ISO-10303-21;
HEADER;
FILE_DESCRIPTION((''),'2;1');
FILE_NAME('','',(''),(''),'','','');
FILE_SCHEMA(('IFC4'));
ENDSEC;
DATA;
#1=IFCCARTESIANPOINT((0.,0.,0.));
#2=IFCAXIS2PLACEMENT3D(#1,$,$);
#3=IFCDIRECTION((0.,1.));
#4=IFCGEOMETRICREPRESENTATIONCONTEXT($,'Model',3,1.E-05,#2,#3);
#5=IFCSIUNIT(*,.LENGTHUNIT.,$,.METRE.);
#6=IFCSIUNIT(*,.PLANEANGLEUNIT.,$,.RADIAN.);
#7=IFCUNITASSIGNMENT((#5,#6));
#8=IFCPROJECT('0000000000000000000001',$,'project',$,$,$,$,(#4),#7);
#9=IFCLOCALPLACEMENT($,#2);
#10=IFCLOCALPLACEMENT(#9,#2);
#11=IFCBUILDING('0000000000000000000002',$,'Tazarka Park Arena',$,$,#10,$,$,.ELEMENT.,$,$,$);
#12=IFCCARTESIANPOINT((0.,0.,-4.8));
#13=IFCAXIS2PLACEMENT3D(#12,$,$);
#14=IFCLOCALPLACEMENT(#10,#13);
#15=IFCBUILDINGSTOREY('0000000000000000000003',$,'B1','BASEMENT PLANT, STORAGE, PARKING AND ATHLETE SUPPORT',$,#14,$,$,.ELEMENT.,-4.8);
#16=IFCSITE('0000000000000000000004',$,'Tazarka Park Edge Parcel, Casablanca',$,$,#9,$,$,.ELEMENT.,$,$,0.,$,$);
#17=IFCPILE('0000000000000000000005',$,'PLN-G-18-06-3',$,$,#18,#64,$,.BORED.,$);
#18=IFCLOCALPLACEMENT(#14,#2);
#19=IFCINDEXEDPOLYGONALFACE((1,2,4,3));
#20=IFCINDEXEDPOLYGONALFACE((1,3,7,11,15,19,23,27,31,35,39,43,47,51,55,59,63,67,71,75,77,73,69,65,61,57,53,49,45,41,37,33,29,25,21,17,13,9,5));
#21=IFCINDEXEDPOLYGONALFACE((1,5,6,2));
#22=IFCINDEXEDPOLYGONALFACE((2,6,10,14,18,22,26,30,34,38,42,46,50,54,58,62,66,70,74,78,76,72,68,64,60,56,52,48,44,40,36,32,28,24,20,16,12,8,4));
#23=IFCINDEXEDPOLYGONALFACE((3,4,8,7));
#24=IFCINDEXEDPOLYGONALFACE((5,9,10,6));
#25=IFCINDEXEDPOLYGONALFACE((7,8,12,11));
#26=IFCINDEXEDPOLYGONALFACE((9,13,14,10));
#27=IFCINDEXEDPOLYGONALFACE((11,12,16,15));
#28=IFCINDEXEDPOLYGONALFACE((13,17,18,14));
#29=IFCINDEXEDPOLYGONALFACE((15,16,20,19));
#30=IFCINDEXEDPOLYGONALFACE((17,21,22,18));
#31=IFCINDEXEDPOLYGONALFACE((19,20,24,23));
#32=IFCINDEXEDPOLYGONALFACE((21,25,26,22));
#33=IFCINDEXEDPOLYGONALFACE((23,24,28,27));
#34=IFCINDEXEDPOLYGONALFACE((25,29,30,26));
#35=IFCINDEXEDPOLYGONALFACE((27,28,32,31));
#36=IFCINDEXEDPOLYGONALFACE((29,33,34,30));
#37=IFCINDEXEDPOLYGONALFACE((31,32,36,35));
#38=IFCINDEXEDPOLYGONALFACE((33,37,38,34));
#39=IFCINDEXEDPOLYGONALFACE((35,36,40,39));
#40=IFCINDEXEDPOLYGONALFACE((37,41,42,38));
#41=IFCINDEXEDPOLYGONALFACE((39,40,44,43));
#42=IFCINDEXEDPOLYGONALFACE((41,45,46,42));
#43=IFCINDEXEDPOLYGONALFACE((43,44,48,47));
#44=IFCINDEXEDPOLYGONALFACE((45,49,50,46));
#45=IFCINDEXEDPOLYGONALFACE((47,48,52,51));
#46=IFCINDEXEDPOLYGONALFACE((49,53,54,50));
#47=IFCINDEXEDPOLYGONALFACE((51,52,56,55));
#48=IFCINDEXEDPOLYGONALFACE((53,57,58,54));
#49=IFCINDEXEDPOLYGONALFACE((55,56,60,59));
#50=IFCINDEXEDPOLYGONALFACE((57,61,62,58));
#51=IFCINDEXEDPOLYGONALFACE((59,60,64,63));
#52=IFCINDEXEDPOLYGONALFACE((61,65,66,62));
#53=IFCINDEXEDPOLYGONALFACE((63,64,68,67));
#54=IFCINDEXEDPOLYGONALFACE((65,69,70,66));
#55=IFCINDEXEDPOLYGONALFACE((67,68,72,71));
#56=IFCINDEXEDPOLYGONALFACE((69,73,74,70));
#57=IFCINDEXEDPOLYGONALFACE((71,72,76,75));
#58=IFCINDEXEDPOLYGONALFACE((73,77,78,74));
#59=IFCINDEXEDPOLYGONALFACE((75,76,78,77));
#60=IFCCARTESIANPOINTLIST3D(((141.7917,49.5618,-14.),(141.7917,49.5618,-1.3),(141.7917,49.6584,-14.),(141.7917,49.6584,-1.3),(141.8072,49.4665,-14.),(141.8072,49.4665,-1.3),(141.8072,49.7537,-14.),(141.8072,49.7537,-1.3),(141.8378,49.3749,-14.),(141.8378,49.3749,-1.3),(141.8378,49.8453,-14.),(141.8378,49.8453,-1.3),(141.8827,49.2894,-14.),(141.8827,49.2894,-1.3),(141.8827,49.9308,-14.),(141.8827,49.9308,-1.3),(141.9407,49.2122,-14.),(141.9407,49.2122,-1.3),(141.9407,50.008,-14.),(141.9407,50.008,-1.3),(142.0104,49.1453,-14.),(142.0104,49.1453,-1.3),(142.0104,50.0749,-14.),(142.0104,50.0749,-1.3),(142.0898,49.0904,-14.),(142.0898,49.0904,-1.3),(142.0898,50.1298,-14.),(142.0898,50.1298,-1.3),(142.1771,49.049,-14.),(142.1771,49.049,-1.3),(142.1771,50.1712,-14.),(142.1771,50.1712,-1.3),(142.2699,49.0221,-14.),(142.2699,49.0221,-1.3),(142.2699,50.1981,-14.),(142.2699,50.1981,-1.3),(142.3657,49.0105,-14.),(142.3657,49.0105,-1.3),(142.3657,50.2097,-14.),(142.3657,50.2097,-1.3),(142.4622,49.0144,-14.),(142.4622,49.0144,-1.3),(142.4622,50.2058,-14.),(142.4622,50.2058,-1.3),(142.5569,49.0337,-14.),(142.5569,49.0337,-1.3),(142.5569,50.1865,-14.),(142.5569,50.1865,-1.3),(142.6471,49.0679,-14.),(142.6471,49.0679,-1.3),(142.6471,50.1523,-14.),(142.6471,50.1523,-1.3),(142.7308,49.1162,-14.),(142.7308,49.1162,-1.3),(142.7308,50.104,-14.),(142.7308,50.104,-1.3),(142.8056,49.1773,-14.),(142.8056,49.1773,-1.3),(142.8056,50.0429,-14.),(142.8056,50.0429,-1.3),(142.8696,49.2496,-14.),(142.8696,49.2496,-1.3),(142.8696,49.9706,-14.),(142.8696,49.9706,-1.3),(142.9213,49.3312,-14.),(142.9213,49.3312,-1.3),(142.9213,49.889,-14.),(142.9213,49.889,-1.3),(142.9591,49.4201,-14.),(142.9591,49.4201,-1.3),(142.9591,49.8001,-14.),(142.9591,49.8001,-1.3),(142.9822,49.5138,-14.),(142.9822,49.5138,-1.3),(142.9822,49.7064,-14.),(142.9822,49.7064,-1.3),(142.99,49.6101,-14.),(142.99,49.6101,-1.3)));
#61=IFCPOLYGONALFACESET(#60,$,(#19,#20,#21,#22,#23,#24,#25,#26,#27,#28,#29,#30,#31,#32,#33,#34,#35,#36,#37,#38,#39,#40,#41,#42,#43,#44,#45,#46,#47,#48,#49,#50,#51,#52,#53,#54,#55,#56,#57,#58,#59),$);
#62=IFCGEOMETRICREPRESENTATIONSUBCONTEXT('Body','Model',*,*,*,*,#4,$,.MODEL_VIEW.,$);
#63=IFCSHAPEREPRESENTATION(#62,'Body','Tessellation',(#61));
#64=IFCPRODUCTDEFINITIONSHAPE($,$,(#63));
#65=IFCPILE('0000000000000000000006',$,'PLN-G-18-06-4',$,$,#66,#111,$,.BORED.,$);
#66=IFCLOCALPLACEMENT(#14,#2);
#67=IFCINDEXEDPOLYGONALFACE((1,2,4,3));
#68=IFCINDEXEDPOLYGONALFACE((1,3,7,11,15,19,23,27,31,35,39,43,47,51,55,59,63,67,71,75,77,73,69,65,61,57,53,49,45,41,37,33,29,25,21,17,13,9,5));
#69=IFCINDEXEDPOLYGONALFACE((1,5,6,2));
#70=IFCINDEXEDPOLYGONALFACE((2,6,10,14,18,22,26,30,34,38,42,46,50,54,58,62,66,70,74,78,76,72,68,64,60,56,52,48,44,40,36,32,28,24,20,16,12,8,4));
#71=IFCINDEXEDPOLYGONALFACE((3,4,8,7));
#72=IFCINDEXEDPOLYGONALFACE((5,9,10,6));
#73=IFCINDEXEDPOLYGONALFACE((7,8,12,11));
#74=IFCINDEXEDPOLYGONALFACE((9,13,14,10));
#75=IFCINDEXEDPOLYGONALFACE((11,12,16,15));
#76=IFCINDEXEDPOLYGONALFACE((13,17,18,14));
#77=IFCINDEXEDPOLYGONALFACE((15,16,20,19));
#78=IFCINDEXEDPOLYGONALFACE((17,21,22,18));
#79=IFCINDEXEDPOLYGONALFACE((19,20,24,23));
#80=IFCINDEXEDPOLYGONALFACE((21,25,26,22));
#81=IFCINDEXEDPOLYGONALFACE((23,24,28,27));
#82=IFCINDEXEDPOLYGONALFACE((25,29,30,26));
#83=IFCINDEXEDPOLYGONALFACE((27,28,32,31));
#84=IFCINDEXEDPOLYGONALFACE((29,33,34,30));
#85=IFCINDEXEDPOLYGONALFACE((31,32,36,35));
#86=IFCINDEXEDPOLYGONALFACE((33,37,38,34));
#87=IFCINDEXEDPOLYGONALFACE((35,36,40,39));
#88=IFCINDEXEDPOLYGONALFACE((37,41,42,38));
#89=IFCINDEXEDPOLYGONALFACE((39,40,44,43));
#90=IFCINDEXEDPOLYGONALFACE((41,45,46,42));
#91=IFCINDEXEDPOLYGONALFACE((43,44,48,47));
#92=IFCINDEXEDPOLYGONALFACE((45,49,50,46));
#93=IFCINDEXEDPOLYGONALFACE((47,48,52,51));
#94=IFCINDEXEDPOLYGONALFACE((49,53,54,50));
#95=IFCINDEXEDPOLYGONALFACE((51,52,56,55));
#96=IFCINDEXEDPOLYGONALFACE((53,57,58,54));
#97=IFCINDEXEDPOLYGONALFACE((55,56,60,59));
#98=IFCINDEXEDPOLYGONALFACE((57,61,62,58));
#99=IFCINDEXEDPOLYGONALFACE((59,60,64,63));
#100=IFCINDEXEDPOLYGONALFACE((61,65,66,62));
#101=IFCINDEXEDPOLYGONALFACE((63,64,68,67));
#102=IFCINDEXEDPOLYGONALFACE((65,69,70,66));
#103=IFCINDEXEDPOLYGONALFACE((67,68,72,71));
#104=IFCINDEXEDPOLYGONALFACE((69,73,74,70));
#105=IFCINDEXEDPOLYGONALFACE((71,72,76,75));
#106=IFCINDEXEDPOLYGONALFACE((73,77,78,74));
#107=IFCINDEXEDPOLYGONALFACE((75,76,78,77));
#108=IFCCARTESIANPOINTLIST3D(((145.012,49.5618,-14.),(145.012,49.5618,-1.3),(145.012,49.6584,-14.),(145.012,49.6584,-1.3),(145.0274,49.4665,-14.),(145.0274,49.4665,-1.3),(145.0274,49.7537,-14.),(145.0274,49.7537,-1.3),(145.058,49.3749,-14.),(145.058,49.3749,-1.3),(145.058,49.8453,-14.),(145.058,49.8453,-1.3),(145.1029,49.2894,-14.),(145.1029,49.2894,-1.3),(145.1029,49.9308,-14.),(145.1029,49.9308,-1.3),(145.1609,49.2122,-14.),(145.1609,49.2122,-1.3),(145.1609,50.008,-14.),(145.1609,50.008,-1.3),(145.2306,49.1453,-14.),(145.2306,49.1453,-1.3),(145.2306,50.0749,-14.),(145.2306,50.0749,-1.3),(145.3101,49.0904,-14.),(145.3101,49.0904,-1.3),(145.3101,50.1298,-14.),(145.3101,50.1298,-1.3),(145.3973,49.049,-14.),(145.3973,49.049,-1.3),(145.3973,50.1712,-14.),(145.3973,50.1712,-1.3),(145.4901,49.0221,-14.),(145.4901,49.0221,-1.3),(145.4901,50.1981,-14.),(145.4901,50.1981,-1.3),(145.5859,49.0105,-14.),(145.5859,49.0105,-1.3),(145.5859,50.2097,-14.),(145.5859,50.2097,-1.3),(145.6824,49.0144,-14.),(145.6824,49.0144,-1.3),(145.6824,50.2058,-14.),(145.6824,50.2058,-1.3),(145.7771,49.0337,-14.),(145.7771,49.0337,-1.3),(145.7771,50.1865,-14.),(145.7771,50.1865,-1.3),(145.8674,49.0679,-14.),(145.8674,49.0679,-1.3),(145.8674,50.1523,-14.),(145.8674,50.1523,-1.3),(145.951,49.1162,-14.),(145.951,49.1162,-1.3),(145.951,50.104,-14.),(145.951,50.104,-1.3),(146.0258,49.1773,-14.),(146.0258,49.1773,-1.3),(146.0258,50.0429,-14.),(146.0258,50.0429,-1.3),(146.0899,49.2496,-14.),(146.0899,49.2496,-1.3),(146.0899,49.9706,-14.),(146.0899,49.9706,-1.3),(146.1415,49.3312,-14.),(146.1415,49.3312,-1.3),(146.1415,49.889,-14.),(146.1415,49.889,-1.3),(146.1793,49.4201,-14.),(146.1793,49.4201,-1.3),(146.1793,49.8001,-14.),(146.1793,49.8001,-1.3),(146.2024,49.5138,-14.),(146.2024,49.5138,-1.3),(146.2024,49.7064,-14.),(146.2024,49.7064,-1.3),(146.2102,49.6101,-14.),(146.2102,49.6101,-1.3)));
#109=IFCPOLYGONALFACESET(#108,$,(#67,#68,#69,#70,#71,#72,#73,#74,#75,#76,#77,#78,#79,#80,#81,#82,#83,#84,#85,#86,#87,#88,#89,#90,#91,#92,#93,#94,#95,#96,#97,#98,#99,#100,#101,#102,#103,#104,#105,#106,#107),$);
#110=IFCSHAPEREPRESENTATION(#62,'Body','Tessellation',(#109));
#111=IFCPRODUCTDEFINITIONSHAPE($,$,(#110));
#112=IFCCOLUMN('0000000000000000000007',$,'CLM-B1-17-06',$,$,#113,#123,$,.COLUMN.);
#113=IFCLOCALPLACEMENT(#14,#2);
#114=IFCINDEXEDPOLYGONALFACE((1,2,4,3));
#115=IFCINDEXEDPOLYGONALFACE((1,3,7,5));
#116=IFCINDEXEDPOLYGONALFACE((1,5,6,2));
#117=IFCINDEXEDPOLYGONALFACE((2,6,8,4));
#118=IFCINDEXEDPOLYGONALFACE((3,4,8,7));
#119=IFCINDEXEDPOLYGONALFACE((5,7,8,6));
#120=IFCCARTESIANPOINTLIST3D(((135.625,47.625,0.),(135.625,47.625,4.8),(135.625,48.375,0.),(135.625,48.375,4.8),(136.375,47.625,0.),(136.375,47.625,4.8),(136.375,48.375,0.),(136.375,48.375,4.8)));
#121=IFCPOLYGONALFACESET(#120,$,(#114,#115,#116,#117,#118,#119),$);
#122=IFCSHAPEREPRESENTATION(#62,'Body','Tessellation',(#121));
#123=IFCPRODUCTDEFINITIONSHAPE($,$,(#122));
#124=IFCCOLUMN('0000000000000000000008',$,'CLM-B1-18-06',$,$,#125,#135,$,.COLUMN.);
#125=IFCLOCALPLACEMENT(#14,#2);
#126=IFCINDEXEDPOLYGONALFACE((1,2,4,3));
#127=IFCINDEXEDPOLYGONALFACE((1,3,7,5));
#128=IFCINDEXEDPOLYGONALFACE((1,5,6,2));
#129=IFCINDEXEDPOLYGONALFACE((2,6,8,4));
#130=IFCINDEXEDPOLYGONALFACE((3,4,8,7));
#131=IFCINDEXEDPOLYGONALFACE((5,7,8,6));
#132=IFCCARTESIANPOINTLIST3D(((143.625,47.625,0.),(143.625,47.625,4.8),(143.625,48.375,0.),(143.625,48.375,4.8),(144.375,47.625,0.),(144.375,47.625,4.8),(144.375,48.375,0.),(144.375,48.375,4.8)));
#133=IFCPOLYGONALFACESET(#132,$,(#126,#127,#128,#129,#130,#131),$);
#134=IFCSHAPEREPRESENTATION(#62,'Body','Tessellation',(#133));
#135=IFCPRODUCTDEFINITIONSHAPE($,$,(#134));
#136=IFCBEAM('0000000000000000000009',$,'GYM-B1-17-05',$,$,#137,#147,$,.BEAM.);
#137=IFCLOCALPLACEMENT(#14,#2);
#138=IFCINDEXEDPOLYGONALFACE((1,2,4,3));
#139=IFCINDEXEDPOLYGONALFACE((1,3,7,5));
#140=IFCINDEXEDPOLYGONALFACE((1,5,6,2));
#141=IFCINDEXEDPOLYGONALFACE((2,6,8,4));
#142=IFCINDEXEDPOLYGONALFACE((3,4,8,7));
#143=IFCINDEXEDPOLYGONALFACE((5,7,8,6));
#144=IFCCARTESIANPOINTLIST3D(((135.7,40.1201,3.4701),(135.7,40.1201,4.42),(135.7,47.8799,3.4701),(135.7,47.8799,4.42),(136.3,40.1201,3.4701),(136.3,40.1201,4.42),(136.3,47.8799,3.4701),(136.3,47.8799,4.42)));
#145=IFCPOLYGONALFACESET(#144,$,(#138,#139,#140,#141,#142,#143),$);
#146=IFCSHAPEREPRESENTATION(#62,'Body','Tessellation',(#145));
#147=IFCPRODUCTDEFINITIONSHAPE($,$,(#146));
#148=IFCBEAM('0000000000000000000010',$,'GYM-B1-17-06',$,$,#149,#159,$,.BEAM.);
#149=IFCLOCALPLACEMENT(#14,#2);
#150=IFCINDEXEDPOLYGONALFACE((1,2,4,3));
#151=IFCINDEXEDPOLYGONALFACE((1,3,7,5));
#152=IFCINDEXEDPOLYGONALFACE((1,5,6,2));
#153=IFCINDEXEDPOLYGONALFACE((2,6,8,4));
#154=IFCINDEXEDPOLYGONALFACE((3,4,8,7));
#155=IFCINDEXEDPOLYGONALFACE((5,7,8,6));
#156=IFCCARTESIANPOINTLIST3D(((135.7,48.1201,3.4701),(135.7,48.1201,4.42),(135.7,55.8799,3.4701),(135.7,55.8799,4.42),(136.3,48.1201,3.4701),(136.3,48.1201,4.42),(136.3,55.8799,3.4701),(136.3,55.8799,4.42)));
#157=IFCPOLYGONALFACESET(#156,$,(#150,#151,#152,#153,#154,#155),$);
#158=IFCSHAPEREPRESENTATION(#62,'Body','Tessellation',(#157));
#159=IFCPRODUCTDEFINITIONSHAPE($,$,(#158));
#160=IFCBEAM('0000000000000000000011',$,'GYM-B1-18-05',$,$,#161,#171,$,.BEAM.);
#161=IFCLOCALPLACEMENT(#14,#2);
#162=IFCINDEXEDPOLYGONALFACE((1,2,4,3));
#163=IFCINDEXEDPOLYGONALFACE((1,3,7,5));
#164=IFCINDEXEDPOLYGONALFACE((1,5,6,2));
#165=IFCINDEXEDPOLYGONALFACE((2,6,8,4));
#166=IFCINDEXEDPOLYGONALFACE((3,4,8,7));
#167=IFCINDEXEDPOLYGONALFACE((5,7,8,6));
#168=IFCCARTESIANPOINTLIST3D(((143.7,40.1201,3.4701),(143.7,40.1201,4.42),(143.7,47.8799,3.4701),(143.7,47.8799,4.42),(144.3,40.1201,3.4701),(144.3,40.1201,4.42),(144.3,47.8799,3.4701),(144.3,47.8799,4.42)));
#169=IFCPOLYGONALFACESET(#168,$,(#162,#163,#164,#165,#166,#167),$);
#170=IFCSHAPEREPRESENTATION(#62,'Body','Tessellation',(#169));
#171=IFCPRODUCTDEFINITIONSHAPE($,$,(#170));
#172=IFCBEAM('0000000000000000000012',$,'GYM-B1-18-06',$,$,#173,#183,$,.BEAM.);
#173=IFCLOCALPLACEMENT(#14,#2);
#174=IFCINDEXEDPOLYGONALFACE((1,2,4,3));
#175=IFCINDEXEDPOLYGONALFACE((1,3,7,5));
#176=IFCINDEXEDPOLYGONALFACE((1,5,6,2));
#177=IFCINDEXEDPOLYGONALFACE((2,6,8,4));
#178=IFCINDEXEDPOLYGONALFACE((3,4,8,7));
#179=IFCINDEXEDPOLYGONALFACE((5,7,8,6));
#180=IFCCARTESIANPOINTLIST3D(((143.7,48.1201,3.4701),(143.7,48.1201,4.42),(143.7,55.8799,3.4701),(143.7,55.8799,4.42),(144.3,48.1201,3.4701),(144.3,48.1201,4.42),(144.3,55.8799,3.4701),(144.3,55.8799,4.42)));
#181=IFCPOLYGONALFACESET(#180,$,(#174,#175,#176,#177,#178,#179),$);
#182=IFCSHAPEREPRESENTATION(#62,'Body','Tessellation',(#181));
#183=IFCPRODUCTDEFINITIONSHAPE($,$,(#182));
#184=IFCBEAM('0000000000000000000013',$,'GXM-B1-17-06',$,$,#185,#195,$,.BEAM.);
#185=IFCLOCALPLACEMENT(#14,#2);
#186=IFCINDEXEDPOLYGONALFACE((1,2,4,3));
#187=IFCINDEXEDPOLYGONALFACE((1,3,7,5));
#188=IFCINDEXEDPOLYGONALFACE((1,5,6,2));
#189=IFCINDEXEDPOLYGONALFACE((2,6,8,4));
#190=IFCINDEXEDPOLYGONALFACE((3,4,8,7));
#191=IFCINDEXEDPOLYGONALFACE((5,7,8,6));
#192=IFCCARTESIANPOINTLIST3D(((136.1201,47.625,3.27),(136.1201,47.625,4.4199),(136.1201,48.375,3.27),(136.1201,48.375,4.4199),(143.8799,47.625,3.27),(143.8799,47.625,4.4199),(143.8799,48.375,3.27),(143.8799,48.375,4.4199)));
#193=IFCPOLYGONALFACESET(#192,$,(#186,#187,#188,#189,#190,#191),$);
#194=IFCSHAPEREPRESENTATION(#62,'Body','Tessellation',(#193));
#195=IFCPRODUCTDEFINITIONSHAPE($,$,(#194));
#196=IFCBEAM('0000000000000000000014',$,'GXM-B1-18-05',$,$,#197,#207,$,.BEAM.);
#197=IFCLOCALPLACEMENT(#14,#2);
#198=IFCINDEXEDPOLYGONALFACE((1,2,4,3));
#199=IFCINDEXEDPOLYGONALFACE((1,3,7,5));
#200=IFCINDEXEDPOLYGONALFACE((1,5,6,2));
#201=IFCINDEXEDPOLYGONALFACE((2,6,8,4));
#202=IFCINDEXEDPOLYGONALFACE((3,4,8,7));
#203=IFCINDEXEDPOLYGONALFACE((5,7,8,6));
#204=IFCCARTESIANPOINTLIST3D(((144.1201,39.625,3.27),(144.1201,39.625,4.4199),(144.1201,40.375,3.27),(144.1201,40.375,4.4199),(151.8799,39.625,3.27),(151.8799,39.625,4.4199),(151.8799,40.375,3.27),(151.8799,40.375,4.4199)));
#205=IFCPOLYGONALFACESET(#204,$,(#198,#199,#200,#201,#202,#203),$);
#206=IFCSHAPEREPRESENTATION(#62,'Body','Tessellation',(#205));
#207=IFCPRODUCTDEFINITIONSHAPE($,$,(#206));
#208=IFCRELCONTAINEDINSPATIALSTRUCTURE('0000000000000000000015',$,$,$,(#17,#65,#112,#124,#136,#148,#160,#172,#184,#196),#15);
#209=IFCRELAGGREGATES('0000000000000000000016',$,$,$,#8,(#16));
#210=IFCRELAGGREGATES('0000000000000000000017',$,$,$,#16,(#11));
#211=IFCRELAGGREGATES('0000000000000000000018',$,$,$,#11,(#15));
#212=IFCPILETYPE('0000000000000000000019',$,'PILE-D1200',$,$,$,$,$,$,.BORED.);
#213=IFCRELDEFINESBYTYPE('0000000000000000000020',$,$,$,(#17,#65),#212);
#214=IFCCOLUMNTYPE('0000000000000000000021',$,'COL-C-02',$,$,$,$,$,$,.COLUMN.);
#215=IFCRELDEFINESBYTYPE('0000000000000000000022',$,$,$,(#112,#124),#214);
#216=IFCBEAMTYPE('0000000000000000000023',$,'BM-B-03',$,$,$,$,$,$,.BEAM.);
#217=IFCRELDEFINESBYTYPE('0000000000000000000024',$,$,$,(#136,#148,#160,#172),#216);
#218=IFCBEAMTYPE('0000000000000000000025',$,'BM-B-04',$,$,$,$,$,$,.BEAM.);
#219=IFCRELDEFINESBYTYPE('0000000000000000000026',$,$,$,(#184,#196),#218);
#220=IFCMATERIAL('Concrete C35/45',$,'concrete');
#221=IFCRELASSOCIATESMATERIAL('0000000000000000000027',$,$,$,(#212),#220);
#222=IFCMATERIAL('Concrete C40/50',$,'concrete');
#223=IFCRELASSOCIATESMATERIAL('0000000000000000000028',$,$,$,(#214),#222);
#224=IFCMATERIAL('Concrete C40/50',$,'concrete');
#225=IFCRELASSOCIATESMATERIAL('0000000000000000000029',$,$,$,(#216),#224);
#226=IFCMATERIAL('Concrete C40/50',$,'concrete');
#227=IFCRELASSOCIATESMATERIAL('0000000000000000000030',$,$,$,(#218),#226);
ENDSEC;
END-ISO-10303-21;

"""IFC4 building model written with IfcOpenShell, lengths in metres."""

from ifc_helpers import new_model, si_unit, direction, frame, origin, origin_2d, place, context, subcontext, project, spatial, rectangle, circle, extrude, material, material_profile, profile_set, type_object, element, save


model = new_model("IFC4")

# Units and contexts
model_context = context("Model", 3, precision=1e-05, world=origin(), true_north=direction((0.0, 1.0)))
body_context = subcontext(model_context, "Body", "Model", "MODEL_VIEW")
ifc_project = project(units=[si_unit("LENGTHUNIT", "METRE"), si_unit("PLANEANGLEUNIT", "RADIAN")], contexts=[model_context])

# Site, building, storey
site_placement = place(None, origin())
site = spatial("IfcSite", under=ifc_project, at=site_placement, Name="Tazarka Park Edge Parcel, Casablanca", CompositionType="ELEMENT", RefElevation=0.0)
building_placement = place(site_placement, origin())
building = spatial("IfcBuilding", under=site, at=building_placement, Name="Tazarka Park Arena", CompositionType="ELEMENT")
storey_placement = place(building_placement, frame((0.0, 0.0, -4.8)))
storey = spatial("IfcBuildingStorey", under=building, at=storey_placement, Name="B1", Description="BASEMENT PLANT, STORAGE, PARKING AND ATHLETE SUPPORT", CompositionType="ELEMENT", Elevation=-4.8)

# Piles
ifc_material_1 = material(Name="Concrete C35/45", Category="concrete")
ifc_material_profile_1 = material_profile(ifc_material_1, circle(Radius=0.6001, at=origin_2d()), Name="Concrete C35/45")
ifc_profile_set_1 = profile_set([ifc_material_profile_1], Name="Concrete C35/45")
pile_type = type_object("IfcPileType", Name="PILE-D1200", PredefinedType="BORED", material=ifc_profile_set_1)
for number, where, z_axis, x_axis, name in (
    (1, (142.3899, 49.6101, -1.3), (0.0, 0.0, -1.0), (1.0, 0.0, 0.0), "PLN-G-18-06-3"),
    (2, (145.6101, 49.6101, -1.3), (0.0, 0.0, -1.0), (1.0, 0.0, 0.0), "PLN-G-18-06-4"),
):
    element("IfcPile", number, at=place(storey_placement, frame(where, z_axis=z_axis, x_axis=x_axis)), inside=storey, type_object=pile_type, Name=name, PredefinedType="BORED", context=body_context, shape_type="SweptSolid", body=[
        extrude(circle(Radius=0.6001, at=origin_2d()), origin(), (0.0, 0.0, 1.0), 12.7),
    ])

# Columns
ifc_material_2 = material(Name="Concrete C40/50", Category="concrete")
ifc_material_profile_2 = material_profile(ifc_material_2, rectangle(XDim=0.75, YDim=0.75, at=origin_2d()), Name="Concrete C40/50")
ifc_profile_set_2 = profile_set([ifc_material_profile_2], Name="Concrete C40/50")
column_type = type_object("IfcColumnType", Name="COL-C-02", PredefinedType="COLUMN", material=ifc_profile_set_2)
for number, where, z_axis, x_axis, name in (
    (3, (136.0, 48.0, 0.0), (0.0, 0.0, 1.0), (1.0, 0.0, 0.0), "CLM-B1-17-06"),
    (4, (144.0, 48.0, 0.0), (0.0, 0.0, 1.0), (1.0, 0.0, 0.0), "CLM-B1-18-06"),
):
    element("IfcColumn", number, at=place(storey_placement, frame(where, z_axis=z_axis, x_axis=x_axis)), inside=storey, type_object=column_type, Name=name, PredefinedType="COLUMN", context=body_context, shape_type="SweptSolid", body=[
        extrude(rectangle(XDim=0.75, YDim=0.75, at=origin_2d()), origin(), (0.0, 0.0, 1.0), 4.8),
    ])

# Beams
ifc_material_3 = material(Name="Concrete C40/50", Category="concrete")
ifc_material_profile_3 = material_profile(ifc_material_3, rectangle(XDim=0.6001, YDim=0.95, at=origin_2d()), Name="Concrete C40/50")
ifc_profile_set_3 = profile_set([ifc_material_profile_3], Name="Concrete C40/50")
beam_type_1 = type_object("IfcBeamType", Name="BM-B-03", PredefinedType="BEAM", material=ifc_profile_set_3)
for number, where, z_axis, x_axis, name in (
    (5, (136.0, 40.1201, 3.9451), (0.0, 1.0, 0.0), (-1.0, 0.0, 0.0), "GYM-B1-17-05"),
    (6, (136.0, 48.1201, 3.9451), (0.0, 1.0, 0.0), (-1.0, 0.0, 0.0), "GYM-B1-17-06"),
    (7, (144.0, 40.1201, 3.9451), (0.0, 1.0, 0.0), (-1.0, 0.0, 0.0), "GYM-B1-18-05"),
    (8, (144.0, 48.1201, 3.9451), (0.0, 1.0, 0.0), (-1.0, 0.0, 0.0), "GYM-B1-18-06"),
):
    element("IfcBeam", number, at=place(storey_placement, frame(where, z_axis=z_axis, x_axis=x_axis)), inside=storey, type_object=beam_type_1, Name=name, PredefinedType="BEAM", context=body_context, shape_type="SweptSolid", body=[
        extrude(rectangle(XDim=0.6001, YDim=0.95, at=origin_2d()), origin(), (0.0, 0.0, 1.0), 7.7598),
    ])
ifc_material_4 = material(Name="Concrete C40/50", Category="concrete")
ifc_material_profile_4 = material_profile(ifc_material_4, rectangle(XDim=0.75, YDim=1.1499, at=origin_2d()), Name="Concrete C40/50")
ifc_profile_set_4 = profile_set([ifc_material_profile_4], Name="Concrete C40/50")
beam_type_2 = type_object("IfcBeamType", Name="BM-B-04", PredefinedType="BEAM", material=ifc_profile_set_4)
for number, where, z_axis, x_axis, name in (
    (9, (136.1201, 48.0, 3.845), (1.0, 0.0, 0.0), (0.0, 1.0, 0.0), "GXM-B1-17-06"),
    (10, (144.1201, 40.0, 3.845), (1.0, 0.0, 0.0), (0.0, 1.0, 0.0), "GXM-B1-18-05"),
):
    element("IfcBeam", number, at=place(storey_placement, frame(where, z_axis=z_axis, x_axis=x_axis)), inside=storey, type_object=beam_type_2, Name=name, PredefinedType="BEAM", context=body_context, shape_type="SweptSolid", body=[
        extrude(rectangle(XDim=0.75, YDim=1.1499, at=origin_2d()), origin(), (0.0, 0.0, 1.0), 7.7598),
    ])

save(model, "model.ifc")
